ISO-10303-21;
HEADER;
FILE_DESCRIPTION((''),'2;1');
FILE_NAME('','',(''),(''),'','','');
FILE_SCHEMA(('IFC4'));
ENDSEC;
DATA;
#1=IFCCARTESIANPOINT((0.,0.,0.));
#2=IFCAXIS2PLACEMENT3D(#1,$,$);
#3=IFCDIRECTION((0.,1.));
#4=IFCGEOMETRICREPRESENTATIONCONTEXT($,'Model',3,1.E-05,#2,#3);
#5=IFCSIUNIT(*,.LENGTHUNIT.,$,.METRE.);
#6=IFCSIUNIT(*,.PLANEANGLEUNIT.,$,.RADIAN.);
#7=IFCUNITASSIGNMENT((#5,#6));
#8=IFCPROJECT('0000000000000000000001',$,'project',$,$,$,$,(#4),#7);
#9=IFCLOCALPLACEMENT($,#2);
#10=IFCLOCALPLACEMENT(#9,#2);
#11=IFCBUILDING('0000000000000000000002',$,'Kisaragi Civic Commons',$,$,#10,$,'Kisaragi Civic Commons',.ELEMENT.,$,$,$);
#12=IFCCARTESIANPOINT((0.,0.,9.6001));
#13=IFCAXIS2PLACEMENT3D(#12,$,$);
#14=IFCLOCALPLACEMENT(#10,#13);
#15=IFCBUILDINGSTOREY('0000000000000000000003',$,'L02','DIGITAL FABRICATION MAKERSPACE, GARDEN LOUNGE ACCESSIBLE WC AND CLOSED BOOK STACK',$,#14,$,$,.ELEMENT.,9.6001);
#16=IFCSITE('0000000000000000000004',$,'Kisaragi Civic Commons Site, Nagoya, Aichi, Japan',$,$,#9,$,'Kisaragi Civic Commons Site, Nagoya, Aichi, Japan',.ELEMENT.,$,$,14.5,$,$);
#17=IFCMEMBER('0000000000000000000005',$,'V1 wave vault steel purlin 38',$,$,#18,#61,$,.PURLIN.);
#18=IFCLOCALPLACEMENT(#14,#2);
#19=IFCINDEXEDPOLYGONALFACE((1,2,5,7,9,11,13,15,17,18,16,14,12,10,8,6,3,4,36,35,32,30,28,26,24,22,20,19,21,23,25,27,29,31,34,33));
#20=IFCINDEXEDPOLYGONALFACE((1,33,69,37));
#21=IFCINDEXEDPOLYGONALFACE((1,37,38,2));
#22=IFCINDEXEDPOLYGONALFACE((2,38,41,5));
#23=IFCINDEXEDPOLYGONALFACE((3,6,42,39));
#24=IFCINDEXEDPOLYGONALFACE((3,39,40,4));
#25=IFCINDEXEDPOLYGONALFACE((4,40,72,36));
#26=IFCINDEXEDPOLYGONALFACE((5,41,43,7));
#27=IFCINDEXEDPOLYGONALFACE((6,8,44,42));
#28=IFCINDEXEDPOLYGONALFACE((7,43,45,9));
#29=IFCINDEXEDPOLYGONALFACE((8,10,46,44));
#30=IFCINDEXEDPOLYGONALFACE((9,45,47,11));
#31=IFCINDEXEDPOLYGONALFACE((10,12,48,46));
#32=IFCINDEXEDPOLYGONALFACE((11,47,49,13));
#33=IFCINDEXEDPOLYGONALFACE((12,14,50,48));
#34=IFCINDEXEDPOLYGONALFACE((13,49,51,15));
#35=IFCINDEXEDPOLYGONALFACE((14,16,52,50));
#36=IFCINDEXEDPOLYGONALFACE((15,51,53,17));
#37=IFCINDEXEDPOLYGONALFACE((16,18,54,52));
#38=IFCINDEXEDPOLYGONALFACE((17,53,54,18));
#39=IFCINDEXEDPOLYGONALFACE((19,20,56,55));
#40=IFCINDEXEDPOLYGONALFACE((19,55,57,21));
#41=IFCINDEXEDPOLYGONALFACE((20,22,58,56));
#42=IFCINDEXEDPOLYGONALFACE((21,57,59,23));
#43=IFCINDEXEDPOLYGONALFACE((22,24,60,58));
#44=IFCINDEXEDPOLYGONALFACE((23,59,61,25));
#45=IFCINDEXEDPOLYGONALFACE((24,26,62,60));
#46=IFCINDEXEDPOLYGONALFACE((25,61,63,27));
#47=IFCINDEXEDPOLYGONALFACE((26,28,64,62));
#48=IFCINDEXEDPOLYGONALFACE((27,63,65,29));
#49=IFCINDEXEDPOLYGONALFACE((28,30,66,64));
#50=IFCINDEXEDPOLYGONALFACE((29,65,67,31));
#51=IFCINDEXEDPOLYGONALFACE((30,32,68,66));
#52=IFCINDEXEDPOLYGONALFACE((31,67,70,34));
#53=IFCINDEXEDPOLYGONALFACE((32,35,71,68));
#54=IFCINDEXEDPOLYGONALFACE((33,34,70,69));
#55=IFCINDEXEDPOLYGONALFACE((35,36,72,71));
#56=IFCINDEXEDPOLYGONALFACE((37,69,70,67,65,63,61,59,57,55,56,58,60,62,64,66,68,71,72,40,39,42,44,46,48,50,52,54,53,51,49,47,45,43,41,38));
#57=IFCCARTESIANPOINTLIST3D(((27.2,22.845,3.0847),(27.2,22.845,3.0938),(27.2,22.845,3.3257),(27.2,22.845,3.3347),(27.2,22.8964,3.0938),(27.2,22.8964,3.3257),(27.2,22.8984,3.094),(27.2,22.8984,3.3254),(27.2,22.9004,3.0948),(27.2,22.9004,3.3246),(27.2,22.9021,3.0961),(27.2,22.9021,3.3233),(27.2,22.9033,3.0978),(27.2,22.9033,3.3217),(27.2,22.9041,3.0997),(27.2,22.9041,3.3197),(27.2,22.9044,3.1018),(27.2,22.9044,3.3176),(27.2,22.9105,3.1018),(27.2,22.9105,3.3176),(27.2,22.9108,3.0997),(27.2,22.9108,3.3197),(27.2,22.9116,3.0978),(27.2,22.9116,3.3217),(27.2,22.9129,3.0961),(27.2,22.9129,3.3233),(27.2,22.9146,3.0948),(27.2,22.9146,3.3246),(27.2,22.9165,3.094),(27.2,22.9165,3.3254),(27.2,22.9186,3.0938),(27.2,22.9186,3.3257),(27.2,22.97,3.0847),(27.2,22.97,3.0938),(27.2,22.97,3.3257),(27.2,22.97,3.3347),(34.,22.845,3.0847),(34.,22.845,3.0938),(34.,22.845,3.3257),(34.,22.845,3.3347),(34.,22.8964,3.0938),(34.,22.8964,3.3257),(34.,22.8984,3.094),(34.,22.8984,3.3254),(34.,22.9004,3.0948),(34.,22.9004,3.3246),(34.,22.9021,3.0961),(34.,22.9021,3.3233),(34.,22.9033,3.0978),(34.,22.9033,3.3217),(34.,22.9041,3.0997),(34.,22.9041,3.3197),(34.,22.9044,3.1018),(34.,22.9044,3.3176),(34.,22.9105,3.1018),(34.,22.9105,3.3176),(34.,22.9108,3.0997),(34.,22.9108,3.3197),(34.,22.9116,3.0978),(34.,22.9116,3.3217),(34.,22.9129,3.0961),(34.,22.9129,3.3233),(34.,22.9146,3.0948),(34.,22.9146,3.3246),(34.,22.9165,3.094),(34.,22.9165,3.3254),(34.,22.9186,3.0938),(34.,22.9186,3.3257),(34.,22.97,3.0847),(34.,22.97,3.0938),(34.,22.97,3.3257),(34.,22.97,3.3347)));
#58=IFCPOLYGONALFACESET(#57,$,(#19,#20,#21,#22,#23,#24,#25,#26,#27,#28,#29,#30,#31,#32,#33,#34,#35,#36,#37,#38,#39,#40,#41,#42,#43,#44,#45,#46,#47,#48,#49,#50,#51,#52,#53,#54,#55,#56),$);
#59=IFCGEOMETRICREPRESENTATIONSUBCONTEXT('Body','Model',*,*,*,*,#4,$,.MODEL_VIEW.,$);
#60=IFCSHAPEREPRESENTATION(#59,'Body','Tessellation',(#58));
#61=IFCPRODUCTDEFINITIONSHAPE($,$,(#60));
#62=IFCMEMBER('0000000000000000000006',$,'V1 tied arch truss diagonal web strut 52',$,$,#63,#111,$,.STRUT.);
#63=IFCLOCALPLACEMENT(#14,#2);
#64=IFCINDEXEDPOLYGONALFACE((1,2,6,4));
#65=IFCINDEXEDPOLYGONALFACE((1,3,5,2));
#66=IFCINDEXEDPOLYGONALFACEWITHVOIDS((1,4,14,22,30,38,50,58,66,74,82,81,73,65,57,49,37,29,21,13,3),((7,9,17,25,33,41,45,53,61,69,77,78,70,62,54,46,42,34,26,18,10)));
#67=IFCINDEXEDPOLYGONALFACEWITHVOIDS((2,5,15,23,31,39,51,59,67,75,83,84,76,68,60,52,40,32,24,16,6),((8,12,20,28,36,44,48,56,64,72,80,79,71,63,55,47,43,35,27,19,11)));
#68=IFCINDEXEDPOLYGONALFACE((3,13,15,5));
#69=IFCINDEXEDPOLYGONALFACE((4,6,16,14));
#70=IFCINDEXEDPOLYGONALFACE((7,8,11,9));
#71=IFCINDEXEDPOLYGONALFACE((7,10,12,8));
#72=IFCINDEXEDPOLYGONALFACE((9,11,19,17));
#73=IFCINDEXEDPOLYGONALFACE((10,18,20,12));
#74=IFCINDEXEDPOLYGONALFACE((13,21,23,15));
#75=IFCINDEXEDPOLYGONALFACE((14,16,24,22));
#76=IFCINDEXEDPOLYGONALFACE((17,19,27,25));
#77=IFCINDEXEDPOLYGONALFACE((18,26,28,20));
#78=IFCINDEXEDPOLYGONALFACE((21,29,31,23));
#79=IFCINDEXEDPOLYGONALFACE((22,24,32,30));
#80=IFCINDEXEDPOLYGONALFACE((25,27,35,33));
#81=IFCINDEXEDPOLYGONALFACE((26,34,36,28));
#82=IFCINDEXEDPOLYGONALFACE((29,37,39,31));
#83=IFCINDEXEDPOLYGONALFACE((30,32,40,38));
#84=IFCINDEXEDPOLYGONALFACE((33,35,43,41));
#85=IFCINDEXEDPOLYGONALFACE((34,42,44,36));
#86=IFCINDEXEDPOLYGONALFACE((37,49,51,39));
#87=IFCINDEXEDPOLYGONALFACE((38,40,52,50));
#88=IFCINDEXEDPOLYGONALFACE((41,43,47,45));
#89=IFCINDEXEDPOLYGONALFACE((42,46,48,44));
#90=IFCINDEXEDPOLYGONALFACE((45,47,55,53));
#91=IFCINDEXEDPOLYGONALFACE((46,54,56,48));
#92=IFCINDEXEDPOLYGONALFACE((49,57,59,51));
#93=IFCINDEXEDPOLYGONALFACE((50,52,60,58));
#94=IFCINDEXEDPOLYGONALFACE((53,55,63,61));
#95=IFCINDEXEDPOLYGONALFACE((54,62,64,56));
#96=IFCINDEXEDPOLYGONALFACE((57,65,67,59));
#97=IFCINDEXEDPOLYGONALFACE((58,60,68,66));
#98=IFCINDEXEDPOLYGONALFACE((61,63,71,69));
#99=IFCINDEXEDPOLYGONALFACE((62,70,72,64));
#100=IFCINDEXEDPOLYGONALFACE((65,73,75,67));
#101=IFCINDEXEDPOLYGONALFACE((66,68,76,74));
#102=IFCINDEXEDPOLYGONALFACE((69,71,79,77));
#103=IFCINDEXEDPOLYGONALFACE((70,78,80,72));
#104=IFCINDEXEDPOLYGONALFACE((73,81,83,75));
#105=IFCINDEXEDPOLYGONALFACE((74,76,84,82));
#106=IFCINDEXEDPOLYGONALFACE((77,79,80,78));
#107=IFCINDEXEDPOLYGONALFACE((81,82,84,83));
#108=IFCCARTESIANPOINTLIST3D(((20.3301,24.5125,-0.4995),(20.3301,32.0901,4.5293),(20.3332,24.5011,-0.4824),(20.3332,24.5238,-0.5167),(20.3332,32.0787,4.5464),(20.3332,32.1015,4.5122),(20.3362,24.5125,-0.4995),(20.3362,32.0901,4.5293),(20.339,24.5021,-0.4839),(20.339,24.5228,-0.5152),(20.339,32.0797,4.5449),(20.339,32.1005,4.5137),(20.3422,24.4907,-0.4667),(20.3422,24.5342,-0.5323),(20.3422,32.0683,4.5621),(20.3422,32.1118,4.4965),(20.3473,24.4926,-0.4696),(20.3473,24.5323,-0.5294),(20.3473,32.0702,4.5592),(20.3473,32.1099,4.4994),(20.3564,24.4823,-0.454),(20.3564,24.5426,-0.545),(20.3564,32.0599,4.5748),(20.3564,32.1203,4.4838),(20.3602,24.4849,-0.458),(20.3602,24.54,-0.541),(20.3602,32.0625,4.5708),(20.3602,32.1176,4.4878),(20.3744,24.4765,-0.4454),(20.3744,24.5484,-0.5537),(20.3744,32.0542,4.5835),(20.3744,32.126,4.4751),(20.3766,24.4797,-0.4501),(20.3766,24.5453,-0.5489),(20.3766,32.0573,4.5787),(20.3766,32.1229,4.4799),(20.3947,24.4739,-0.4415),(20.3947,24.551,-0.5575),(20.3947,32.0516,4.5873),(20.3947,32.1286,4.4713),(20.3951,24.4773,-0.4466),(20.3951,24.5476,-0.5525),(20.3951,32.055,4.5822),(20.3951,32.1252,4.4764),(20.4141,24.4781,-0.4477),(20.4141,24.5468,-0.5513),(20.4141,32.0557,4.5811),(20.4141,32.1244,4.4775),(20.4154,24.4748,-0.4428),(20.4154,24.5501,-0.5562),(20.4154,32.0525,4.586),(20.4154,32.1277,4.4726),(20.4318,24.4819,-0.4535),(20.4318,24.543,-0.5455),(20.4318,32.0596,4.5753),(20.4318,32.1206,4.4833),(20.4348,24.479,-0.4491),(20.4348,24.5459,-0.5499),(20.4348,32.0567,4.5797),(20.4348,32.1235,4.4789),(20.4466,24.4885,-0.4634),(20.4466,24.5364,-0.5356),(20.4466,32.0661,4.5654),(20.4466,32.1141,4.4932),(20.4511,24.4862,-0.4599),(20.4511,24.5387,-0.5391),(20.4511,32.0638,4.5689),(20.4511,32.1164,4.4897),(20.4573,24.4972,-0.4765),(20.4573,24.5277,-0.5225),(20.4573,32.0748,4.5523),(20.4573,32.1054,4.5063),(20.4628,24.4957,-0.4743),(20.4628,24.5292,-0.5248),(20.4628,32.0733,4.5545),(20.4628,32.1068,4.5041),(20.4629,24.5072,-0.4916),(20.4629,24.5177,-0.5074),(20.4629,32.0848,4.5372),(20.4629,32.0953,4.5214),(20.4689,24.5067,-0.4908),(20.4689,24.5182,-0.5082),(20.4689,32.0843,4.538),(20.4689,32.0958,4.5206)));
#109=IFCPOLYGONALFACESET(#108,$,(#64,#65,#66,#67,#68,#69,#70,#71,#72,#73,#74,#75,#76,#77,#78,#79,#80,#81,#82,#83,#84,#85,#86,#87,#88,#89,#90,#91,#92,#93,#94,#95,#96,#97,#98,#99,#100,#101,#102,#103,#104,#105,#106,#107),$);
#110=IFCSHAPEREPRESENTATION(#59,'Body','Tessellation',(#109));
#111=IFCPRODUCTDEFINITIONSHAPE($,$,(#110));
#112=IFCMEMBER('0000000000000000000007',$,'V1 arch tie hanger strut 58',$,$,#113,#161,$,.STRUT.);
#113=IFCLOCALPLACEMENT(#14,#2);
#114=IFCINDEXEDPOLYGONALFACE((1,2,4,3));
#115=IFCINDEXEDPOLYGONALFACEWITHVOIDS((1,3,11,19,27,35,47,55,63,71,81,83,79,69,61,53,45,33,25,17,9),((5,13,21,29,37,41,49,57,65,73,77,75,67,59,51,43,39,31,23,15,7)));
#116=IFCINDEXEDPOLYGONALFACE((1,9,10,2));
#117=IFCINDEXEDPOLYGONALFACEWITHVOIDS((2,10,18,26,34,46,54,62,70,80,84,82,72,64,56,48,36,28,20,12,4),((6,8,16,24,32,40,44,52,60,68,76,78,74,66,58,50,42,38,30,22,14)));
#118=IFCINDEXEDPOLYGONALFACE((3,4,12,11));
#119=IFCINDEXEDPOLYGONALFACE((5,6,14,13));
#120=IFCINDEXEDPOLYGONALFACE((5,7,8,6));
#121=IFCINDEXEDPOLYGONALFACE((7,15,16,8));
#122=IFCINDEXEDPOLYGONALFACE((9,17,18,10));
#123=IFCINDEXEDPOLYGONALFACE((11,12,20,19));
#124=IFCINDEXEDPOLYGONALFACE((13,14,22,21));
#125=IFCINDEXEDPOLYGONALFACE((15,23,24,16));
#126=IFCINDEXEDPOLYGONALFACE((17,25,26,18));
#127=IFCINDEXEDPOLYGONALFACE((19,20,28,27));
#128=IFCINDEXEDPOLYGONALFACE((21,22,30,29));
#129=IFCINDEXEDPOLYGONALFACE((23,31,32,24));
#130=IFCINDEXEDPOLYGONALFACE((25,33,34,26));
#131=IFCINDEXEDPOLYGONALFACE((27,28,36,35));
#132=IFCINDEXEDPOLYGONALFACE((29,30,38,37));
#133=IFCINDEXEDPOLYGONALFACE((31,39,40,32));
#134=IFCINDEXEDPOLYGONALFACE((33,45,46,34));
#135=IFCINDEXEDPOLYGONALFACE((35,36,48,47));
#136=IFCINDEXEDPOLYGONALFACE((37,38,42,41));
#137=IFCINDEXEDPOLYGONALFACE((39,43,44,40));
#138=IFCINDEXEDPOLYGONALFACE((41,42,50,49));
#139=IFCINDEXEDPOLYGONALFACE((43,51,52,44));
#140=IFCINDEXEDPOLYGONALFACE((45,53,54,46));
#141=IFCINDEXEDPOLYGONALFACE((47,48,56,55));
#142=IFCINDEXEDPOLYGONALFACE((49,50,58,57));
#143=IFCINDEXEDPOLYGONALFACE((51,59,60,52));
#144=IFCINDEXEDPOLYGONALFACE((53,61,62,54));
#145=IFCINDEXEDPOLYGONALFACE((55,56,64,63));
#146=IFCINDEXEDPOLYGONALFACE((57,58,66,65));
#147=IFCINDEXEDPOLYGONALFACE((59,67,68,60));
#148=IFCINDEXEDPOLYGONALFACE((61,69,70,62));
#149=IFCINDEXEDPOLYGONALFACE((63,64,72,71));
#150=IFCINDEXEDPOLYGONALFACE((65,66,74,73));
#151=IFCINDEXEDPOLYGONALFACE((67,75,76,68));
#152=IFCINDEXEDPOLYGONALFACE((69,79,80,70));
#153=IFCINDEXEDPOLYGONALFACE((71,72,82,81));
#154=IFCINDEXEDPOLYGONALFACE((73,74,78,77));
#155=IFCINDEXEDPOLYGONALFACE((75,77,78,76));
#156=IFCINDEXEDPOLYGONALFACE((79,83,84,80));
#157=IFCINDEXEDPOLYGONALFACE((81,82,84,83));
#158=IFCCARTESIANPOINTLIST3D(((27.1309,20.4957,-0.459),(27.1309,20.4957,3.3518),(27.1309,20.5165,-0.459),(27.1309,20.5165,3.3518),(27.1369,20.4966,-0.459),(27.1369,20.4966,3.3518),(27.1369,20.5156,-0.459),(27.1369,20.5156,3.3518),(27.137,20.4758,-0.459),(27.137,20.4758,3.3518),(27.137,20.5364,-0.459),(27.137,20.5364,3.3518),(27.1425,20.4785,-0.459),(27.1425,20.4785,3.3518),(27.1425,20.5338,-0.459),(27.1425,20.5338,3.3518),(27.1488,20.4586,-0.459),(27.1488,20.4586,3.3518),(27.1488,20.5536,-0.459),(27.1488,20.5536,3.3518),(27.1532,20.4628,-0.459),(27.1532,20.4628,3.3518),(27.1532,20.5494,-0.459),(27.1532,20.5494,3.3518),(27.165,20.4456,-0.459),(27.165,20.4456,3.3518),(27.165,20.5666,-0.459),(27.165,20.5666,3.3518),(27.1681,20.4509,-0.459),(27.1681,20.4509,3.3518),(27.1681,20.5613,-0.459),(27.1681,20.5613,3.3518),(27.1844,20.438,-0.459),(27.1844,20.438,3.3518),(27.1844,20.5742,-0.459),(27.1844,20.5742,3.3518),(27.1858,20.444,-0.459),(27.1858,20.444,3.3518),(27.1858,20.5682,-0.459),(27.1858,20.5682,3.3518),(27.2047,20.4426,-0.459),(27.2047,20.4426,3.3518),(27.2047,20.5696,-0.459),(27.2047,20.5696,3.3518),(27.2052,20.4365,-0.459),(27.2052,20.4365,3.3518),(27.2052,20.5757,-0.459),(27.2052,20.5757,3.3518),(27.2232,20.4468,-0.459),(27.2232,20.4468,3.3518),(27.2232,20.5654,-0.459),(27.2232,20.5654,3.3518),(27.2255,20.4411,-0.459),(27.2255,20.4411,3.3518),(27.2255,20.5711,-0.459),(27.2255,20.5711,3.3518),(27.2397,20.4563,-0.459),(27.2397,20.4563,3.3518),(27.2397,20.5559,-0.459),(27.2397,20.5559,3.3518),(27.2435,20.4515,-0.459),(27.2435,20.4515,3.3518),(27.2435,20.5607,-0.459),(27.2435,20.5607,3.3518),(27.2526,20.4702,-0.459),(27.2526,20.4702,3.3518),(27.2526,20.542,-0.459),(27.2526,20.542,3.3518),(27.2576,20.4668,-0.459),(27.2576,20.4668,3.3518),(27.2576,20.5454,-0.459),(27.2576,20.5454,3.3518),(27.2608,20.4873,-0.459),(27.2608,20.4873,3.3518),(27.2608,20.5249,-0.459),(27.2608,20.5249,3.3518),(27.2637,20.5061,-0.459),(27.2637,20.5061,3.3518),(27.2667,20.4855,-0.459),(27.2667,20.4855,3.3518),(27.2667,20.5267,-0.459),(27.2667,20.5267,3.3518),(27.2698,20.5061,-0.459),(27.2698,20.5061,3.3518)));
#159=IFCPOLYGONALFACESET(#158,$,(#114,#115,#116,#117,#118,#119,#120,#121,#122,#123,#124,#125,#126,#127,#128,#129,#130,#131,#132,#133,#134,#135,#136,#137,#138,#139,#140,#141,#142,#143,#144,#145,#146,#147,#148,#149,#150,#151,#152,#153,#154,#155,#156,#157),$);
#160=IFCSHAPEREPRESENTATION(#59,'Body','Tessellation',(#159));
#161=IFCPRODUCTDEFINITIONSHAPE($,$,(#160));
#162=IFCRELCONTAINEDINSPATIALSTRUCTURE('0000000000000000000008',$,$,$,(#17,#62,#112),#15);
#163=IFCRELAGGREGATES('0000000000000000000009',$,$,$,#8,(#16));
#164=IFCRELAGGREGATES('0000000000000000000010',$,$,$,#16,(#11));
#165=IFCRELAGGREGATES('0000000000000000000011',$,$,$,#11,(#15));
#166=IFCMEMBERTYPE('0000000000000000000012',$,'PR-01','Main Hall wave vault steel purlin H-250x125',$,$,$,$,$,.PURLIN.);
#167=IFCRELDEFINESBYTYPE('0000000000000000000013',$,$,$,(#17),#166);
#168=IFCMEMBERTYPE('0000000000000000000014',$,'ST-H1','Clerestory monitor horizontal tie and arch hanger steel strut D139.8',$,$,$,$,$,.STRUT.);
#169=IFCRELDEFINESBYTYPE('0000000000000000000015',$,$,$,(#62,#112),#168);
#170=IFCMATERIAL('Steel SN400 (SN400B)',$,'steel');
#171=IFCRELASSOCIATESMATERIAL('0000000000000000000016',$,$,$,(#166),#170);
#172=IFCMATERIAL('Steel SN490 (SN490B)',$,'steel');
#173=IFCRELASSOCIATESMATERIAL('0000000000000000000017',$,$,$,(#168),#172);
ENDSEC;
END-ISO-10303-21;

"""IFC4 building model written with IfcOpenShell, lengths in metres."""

from ifc_helpers import new_model, si_unit, direction, frame, origin, origin_2d, place, context, subcontext, project, spatial, hollow_circle, i_section, extrude, material, material_profile, profile_set, type_object, element, save


model = new_model("IFC4")

# Units and contexts
model_context = context("Model", 3, precision=1e-05, world=origin(), true_north=direction((0.0, 1.0)))
body_context = subcontext(model_context, "Body", "Model", "MODEL_VIEW")
ifc_project = project(units=[si_unit("LENGTHUNIT", "METRE"), si_unit("PLANEANGLEUNIT", "RADIAN")], contexts=[model_context])

# Site, building, storey
site_placement = place(None, origin())
site = spatial("IfcSite", under=ifc_project, at=site_placement, Name="Kisaragi Civic Commons Site, Nagoya, Aichi, Japan", LongName="Kisaragi Civic Commons Site, Nagoya, Aichi, Japan", CompositionType="ELEMENT", RefElevation=14.5)
building_placement = place(site_placement, origin())
building = spatial("IfcBuilding", under=site, at=building_placement, Name="Kisaragi Civic Commons", LongName="Kisaragi Civic Commons", CompositionType="ELEMENT")
storey_placement = place(building_placement, frame((0.0, 0.0, 9.6001)))
storey = spatial("IfcBuildingStorey", under=building, at=storey_placement, Name="L02", Description="DIGITAL FABRICATION MAKERSPACE, GARDEN LOUNGE ACCESSIBLE WC AND CLOSED BOOK STACK", CompositionType="ELEMENT", Elevation=9.6001)

# Shared definitions
ifc_material_1 = material(Name="Steel SN400 (SN400B)", Category="steel")

# Members
ifc_material_2 = material(Name="Steel SN490 (SN490B)", Category="steel")
ifc_material_profile_1 = material_profile(ifc_material_1, i_section(OverallWidth=0.125, OverallDepth=0.25, WebThickness=0.0061, FlangeThickness=0.009, FilletRadius=0.0081, at=origin_2d()), Name="H-250x125x6x9", Category="steel")
ifc_profile_set_1 = profile_set([ifc_material_profile_1], Name="Steel SN400 (SN400B)")
member_type_1 = type_object("IfcMemberType", Name="PR-01", Description="Main Hall wave vault steel purlin H-250x125", PredefinedType="PURLIN", material=ifc_profile_set_1)
member_1_placement = place(storey_placement, frame((27.2, 22.9075, 3.2097), z_axis=(1.0, 0.0, 0.0), x_axis=(0.0, 1.0, 0.0)))
element("IfcMember", 1, at=member_1_placement, inside=storey, type_object=member_type_1, Name="V1 wave vault steel purlin 38", PredefinedType="PURLIN", context=body_context, shape_type="SweptSolid", body=[
    extrude(i_section(OverallWidth=0.125, OverallDepth=0.25, WebThickness=0.0061, FlangeThickness=0.009, FilletRadius=0.0081, at=origin_2d()), origin(), (0.0, 0.0, 1.0), 6.8),
])
ifc_material_profile_2 = material_profile(ifc_material_2, hollow_circle(Radius=0.0698, WallThickness=0.0061, at=origin_2d()), Name="CHS-139.8x6.0", Category="steel")
ifc_profile_set_2 = profile_set([ifc_material_profile_2], Name="Steel SN490 (SN490B)")
member_type_2 = type_object("IfcMemberType", Name="ST-H1", Description="Clerestory monitor horizontal tie and arch hanger steel strut D139.8", PredefinedType="STRUT", material=ifc_profile_set_2)
member_2_placement = place(storey_placement, frame((20.3999, 24.5125, -0.4995), z_axis=(0.0, 0.833213, 0.552952), x_axis=(-1.0, 0.0, 0.0)))
element("IfcMember", 2, at=member_2_placement, inside=storey, type_object=member_type_2, Name="V1 tied arch truss diagonal web strut 52", PredefinedType="STRUT", context=body_context, shape_type="SweptSolid", body=[
    extrude(hollow_circle(Radius=0.0698, WallThickness=0.0061, at=origin_2d()), origin(), (0.0, 0.0, 1.0), 9.0945),
])
member_3_placement = place(storey_placement, frame((27.2, 20.5061, -0.459), z_axis=(0.0, 0.0, 1.0), x_axis=(1.0, 0.0, 0.0)))
element("IfcMember", 3, at=member_3_placement, inside=storey, type_object=member_type_2, Name="V1 arch tie hanger strut 58", PredefinedType="STRUT", context=body_context, shape_type="SweptSolid", body=[
    extrude(hollow_circle(Radius=0.0698, WallThickness=0.0061, at=origin_2d()), origin(), (0.0, 0.0, 1.0), 3.8108),
])

save(model, "model.ifc")
